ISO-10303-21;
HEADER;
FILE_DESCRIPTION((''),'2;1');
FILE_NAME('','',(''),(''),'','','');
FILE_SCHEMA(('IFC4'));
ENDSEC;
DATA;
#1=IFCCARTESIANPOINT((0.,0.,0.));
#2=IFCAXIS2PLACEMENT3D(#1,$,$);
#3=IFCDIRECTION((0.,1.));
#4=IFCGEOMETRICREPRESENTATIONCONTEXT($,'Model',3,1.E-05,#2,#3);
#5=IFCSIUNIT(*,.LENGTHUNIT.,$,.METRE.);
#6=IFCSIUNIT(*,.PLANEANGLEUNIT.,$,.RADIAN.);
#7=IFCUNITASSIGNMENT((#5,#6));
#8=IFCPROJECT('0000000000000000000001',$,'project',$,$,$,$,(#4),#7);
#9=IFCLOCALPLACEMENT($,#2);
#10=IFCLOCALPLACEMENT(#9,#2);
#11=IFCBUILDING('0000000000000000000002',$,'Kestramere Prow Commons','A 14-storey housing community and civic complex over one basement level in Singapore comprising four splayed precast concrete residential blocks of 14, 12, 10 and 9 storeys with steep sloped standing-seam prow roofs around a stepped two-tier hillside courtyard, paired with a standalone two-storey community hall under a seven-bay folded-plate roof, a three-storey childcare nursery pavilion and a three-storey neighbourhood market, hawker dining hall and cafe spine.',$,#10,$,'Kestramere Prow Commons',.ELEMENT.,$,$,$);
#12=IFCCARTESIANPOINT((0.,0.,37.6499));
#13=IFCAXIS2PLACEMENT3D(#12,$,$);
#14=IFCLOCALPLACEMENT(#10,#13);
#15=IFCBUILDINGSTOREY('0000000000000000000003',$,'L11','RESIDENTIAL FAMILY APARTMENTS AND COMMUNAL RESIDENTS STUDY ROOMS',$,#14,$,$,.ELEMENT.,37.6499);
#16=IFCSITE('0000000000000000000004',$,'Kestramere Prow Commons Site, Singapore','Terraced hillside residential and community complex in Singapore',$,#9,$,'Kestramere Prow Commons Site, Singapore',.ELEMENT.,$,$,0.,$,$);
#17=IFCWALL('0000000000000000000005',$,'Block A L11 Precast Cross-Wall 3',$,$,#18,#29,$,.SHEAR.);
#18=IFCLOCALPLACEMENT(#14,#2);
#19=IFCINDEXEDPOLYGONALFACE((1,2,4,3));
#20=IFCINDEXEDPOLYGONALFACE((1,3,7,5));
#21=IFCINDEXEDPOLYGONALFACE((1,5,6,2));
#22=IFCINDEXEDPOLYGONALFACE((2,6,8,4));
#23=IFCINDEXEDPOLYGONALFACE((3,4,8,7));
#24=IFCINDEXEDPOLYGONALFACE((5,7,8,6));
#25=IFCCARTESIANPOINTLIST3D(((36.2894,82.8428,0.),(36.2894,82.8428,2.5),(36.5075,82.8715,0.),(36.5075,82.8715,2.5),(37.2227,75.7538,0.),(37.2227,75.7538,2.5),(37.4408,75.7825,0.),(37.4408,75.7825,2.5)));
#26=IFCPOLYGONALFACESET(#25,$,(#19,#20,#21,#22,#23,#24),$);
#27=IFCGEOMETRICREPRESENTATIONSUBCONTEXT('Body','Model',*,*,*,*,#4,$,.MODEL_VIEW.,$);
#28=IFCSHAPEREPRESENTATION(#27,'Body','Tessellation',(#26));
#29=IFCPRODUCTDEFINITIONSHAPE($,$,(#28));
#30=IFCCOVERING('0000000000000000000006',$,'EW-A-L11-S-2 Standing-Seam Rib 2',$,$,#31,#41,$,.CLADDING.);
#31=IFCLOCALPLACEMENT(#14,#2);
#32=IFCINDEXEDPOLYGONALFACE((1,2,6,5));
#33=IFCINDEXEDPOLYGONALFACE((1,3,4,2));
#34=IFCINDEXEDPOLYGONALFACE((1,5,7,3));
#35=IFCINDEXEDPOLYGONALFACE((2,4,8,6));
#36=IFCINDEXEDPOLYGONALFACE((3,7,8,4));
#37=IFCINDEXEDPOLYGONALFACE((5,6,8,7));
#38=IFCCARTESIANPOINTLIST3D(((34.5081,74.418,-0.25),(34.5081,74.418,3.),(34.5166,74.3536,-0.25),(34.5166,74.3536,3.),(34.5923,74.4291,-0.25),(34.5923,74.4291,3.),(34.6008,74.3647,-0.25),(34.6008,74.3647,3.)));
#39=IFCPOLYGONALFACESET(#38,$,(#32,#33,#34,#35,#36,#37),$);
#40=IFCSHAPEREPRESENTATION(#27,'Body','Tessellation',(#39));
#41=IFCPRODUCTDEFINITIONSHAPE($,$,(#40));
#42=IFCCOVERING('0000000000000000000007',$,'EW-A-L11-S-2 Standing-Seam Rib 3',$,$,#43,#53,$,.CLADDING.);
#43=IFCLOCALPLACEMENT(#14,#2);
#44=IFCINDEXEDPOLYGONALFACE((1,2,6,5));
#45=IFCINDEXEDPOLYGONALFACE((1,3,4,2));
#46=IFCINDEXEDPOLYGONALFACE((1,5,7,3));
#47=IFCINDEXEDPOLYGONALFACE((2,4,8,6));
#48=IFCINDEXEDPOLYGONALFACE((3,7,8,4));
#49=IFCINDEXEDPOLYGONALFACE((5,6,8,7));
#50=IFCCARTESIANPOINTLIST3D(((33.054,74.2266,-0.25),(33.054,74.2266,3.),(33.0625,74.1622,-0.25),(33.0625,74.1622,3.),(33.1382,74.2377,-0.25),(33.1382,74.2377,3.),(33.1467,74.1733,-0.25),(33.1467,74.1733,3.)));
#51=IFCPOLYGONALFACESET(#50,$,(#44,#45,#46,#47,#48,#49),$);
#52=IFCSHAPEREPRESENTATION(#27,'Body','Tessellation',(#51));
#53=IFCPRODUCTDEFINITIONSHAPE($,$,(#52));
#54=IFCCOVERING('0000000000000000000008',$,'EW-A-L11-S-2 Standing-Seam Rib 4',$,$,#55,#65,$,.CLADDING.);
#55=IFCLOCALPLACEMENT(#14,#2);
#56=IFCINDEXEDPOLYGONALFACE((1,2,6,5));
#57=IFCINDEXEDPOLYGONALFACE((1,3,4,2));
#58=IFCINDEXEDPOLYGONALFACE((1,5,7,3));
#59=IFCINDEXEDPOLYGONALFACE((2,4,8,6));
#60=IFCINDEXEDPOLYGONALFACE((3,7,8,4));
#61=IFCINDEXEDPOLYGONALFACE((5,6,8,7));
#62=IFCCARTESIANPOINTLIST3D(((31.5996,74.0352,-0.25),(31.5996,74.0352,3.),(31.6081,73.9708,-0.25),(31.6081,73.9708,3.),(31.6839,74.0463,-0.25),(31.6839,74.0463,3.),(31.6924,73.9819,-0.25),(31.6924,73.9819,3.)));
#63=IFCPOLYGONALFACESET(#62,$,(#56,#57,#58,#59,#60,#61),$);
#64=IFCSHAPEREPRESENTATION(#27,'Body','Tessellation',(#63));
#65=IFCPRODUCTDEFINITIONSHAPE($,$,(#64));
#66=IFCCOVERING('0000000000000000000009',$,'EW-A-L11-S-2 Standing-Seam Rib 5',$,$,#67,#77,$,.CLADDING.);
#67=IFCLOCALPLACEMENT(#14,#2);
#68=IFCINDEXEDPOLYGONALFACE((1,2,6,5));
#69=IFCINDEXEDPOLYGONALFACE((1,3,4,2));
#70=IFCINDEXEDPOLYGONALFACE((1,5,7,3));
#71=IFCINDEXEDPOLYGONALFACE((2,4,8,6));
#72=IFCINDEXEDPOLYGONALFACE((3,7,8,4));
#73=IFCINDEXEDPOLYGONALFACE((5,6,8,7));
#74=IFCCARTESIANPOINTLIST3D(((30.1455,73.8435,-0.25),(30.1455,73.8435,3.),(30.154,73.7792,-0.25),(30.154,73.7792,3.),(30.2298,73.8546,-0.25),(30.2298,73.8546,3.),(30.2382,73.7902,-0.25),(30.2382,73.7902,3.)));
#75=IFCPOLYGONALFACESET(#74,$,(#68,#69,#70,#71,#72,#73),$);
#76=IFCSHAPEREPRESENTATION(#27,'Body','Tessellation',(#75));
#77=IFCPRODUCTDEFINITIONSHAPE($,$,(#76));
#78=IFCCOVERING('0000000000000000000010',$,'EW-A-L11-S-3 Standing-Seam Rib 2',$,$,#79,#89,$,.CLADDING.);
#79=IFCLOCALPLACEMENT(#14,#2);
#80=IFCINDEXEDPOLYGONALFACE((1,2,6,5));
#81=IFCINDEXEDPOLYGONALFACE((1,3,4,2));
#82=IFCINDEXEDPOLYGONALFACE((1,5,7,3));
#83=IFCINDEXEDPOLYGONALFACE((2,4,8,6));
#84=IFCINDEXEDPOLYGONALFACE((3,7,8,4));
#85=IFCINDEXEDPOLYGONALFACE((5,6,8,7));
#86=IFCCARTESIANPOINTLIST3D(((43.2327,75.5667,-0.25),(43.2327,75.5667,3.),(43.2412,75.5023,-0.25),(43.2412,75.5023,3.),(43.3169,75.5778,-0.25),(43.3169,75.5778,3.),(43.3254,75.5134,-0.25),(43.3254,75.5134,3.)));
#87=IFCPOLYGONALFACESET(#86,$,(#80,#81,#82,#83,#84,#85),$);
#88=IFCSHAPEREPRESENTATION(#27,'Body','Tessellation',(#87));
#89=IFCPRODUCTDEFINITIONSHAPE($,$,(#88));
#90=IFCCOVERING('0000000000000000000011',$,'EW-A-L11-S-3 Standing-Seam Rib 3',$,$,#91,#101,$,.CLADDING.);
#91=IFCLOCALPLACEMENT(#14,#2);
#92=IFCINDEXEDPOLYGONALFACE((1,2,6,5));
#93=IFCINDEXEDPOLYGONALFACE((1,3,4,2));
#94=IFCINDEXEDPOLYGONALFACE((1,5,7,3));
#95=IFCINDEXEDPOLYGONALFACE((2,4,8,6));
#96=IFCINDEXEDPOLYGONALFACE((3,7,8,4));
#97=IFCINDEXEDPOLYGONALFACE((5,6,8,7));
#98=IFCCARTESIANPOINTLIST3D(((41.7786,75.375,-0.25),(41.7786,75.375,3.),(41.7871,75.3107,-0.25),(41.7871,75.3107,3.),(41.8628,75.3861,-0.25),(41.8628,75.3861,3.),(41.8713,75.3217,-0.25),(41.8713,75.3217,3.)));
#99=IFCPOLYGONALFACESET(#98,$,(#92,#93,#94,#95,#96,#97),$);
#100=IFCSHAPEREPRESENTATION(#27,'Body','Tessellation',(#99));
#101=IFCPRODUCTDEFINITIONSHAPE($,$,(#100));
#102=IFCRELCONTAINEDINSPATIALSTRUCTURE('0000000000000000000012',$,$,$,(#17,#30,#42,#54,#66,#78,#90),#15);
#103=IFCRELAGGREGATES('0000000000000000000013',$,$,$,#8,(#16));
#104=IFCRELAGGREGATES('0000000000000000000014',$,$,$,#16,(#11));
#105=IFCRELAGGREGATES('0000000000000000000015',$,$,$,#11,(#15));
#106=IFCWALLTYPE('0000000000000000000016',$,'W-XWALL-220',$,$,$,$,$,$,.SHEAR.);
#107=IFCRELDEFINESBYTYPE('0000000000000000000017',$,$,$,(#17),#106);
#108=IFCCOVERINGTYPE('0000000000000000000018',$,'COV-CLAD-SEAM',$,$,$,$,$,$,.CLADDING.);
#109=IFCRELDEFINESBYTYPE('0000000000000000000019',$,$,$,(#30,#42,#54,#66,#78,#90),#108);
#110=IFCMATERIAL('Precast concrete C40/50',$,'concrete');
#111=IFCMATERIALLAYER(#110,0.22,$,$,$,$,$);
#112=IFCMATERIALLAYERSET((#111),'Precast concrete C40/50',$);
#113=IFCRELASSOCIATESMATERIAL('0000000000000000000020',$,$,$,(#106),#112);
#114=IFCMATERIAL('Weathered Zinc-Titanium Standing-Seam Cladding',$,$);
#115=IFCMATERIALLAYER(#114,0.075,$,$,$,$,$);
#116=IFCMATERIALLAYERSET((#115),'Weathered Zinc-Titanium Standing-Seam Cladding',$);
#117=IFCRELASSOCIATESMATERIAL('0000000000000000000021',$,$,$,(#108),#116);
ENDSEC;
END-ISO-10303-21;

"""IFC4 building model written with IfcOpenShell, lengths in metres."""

from ifc_helpers import new_model, si_unit, direction, frame, frame_2d, origin, origin_2d, place, context, subcontext, project, spatial, rectangle, extrude, material, layer, layer_set, type_object, element, save


model = new_model("IFC4")

# Units and contexts
model_context = context("Model", 3, precision=1e-05, world=origin(), true_north=direction((0.0, 1.0)))
body_context = subcontext(model_context, "Body", "Model", "MODEL_VIEW")
ifc_project = project(units=[si_unit("LENGTHUNIT", "METRE"), si_unit("PLANEANGLEUNIT", "RADIAN")], contexts=[model_context])

# Site, building, storey
site_placement = place(None, origin())
site = spatial("IfcSite", under=ifc_project, at=site_placement, Name="Kestramere Prow Commons Site, Singapore", Description="Terraced hillside residential and community complex in Singapore", LongName="Kestramere Prow Commons Site, Singapore", CompositionType="ELEMENT", RefElevation=0.0)
building_placement = place(site_placement, origin())
building = spatial("IfcBuilding", under=site, at=building_placement, Name="Kestramere Prow Commons", Description="A 14-storey housing community and civic complex over one basement level in Singapore comprising four splayed precast concrete residential blocks of 14, 12, 10 and 9 storeys with steep sloped standing-seam prow roofs around a stepped two-tier hillside courtyard, paired with a standalone two-storey community hall under a seven-bay folded-plate roof, a three-storey childcare nursery pavilion and a three-storey neighbourhood market, hawker dining hall and cafe spine.", LongName="Kestramere Prow Commons", CompositionType="ELEMENT")
storey_placement = place(building_placement, frame((0.0, 0.0, 37.6499)))
storey = spatial("IfcBuildingStorey", under=building, at=storey_placement, Name="L11", Description="RESIDENTIAL FAMILY APARTMENTS AND COMMUNAL RESIDENTS STUDY ROOMS", CompositionType="ELEMENT", Elevation=37.6499)

# Shared definitions
ifc_material_1 = material(Name="Precast concrete C40/50", Category="concrete")

# Wall
ifc_layer_1 = layer(ifc_material_1, 0.22)
ifc_layer_set_1 = layer_set([ifc_layer_1], Name="Precast concrete C40/50")
wall_type_1 = type_object("IfcWallType", Name="W-XWALL-220", PredefinedType="SHEAR", material=ifc_layer_set_1)
wall_1_placement = place(storey_placement, frame((37.3318, 75.7681, 0.0), z_axis=(0.0, 0.0, 1.0), x_axis=(-0.130538, 0.991443, 0.0)))
element("IfcWall", 1, at=wall_1_placement, inside=storey, type_object=wall_type_1, Name="Block A L11 Precast Cross-Wall 3", PredefinedType="SHEAR", context=body_context, shape_type="SweptSolid", body=[
    extrude(rectangle(XDim=7.1501, YDim=0.22, at=frame_2d((3.5752, 0.0))), origin(), (0.0, 0.0, 1.0), 2.5),
])

# Coverings
ifc_material_2 = material(Name="Weathered Zinc-Titanium Standing-Seam Cladding")
ifc_layer_2 = layer(ifc_material_2, 0.075)
ifc_layer_set_2 = layer_set([ifc_layer_2], Name="Weathered Zinc-Titanium Standing-Seam Cladding")
covering_type = type_object("IfcCoveringType", Name="COV-CLAD-SEAM", PredefinedType="CLADDING", material=ifc_layer_set_2)
for number, where, z_axis, x_axis, name in (
    (2, (34.5544, 74.3914, -0.25), (0.0, 0.0, 1.0), (-0.991445, -0.130526, 0.0), "EW-A-L11-S-2 Standing-Seam Rib 2"),
    (3, (33.1003, 74.2, -0.25), (0.0, 0.0, 1.0), (-0.991445, -0.130526, 0.0), "EW-A-L11-S-2 Standing-Seam Rib 3"),
    (4, (31.646, 74.0085, -0.25), (0.0, 0.0, 1.0), (-0.991445, -0.130526, 0.0), "EW-A-L11-S-2 Standing-Seam Rib 4"),
    (5, (30.1919, 73.8169, -0.25), (0.0, 0.0, 1.0), (-0.991445, -0.130526, 0.0), "EW-A-L11-S-2 Standing-Seam Rib 5"),
    (6, (43.2791, 75.54, -0.25), (0.0, 0.0, 1.0), (-0.991445, -0.130526, 0.0), "EW-A-L11-S-3 Standing-Seam Rib 2"),
    (7, (41.825, 75.3484, -0.25), (0.0, 0.0, 1.0), (-0.991445, -0.130526, 0.0), "EW-A-L11-S-3 Standing-Seam Rib 3"),
):
    element("IfcCovering", number, at=place(storey_placement, frame(where, z_axis=z_axis, x_axis=x_axis)), inside=storey, type_object=covering_type, Name=name, PredefinedType="CLADDING", context=body_context, shape_type="SweptSolid", body=[
        extrude(rectangle(XDim=0.085, YDim=0.0649, at=origin_2d()), origin(), (0.0, 0.0, 1.0), 3.25),
    ])

save(model, "model.ifc")
